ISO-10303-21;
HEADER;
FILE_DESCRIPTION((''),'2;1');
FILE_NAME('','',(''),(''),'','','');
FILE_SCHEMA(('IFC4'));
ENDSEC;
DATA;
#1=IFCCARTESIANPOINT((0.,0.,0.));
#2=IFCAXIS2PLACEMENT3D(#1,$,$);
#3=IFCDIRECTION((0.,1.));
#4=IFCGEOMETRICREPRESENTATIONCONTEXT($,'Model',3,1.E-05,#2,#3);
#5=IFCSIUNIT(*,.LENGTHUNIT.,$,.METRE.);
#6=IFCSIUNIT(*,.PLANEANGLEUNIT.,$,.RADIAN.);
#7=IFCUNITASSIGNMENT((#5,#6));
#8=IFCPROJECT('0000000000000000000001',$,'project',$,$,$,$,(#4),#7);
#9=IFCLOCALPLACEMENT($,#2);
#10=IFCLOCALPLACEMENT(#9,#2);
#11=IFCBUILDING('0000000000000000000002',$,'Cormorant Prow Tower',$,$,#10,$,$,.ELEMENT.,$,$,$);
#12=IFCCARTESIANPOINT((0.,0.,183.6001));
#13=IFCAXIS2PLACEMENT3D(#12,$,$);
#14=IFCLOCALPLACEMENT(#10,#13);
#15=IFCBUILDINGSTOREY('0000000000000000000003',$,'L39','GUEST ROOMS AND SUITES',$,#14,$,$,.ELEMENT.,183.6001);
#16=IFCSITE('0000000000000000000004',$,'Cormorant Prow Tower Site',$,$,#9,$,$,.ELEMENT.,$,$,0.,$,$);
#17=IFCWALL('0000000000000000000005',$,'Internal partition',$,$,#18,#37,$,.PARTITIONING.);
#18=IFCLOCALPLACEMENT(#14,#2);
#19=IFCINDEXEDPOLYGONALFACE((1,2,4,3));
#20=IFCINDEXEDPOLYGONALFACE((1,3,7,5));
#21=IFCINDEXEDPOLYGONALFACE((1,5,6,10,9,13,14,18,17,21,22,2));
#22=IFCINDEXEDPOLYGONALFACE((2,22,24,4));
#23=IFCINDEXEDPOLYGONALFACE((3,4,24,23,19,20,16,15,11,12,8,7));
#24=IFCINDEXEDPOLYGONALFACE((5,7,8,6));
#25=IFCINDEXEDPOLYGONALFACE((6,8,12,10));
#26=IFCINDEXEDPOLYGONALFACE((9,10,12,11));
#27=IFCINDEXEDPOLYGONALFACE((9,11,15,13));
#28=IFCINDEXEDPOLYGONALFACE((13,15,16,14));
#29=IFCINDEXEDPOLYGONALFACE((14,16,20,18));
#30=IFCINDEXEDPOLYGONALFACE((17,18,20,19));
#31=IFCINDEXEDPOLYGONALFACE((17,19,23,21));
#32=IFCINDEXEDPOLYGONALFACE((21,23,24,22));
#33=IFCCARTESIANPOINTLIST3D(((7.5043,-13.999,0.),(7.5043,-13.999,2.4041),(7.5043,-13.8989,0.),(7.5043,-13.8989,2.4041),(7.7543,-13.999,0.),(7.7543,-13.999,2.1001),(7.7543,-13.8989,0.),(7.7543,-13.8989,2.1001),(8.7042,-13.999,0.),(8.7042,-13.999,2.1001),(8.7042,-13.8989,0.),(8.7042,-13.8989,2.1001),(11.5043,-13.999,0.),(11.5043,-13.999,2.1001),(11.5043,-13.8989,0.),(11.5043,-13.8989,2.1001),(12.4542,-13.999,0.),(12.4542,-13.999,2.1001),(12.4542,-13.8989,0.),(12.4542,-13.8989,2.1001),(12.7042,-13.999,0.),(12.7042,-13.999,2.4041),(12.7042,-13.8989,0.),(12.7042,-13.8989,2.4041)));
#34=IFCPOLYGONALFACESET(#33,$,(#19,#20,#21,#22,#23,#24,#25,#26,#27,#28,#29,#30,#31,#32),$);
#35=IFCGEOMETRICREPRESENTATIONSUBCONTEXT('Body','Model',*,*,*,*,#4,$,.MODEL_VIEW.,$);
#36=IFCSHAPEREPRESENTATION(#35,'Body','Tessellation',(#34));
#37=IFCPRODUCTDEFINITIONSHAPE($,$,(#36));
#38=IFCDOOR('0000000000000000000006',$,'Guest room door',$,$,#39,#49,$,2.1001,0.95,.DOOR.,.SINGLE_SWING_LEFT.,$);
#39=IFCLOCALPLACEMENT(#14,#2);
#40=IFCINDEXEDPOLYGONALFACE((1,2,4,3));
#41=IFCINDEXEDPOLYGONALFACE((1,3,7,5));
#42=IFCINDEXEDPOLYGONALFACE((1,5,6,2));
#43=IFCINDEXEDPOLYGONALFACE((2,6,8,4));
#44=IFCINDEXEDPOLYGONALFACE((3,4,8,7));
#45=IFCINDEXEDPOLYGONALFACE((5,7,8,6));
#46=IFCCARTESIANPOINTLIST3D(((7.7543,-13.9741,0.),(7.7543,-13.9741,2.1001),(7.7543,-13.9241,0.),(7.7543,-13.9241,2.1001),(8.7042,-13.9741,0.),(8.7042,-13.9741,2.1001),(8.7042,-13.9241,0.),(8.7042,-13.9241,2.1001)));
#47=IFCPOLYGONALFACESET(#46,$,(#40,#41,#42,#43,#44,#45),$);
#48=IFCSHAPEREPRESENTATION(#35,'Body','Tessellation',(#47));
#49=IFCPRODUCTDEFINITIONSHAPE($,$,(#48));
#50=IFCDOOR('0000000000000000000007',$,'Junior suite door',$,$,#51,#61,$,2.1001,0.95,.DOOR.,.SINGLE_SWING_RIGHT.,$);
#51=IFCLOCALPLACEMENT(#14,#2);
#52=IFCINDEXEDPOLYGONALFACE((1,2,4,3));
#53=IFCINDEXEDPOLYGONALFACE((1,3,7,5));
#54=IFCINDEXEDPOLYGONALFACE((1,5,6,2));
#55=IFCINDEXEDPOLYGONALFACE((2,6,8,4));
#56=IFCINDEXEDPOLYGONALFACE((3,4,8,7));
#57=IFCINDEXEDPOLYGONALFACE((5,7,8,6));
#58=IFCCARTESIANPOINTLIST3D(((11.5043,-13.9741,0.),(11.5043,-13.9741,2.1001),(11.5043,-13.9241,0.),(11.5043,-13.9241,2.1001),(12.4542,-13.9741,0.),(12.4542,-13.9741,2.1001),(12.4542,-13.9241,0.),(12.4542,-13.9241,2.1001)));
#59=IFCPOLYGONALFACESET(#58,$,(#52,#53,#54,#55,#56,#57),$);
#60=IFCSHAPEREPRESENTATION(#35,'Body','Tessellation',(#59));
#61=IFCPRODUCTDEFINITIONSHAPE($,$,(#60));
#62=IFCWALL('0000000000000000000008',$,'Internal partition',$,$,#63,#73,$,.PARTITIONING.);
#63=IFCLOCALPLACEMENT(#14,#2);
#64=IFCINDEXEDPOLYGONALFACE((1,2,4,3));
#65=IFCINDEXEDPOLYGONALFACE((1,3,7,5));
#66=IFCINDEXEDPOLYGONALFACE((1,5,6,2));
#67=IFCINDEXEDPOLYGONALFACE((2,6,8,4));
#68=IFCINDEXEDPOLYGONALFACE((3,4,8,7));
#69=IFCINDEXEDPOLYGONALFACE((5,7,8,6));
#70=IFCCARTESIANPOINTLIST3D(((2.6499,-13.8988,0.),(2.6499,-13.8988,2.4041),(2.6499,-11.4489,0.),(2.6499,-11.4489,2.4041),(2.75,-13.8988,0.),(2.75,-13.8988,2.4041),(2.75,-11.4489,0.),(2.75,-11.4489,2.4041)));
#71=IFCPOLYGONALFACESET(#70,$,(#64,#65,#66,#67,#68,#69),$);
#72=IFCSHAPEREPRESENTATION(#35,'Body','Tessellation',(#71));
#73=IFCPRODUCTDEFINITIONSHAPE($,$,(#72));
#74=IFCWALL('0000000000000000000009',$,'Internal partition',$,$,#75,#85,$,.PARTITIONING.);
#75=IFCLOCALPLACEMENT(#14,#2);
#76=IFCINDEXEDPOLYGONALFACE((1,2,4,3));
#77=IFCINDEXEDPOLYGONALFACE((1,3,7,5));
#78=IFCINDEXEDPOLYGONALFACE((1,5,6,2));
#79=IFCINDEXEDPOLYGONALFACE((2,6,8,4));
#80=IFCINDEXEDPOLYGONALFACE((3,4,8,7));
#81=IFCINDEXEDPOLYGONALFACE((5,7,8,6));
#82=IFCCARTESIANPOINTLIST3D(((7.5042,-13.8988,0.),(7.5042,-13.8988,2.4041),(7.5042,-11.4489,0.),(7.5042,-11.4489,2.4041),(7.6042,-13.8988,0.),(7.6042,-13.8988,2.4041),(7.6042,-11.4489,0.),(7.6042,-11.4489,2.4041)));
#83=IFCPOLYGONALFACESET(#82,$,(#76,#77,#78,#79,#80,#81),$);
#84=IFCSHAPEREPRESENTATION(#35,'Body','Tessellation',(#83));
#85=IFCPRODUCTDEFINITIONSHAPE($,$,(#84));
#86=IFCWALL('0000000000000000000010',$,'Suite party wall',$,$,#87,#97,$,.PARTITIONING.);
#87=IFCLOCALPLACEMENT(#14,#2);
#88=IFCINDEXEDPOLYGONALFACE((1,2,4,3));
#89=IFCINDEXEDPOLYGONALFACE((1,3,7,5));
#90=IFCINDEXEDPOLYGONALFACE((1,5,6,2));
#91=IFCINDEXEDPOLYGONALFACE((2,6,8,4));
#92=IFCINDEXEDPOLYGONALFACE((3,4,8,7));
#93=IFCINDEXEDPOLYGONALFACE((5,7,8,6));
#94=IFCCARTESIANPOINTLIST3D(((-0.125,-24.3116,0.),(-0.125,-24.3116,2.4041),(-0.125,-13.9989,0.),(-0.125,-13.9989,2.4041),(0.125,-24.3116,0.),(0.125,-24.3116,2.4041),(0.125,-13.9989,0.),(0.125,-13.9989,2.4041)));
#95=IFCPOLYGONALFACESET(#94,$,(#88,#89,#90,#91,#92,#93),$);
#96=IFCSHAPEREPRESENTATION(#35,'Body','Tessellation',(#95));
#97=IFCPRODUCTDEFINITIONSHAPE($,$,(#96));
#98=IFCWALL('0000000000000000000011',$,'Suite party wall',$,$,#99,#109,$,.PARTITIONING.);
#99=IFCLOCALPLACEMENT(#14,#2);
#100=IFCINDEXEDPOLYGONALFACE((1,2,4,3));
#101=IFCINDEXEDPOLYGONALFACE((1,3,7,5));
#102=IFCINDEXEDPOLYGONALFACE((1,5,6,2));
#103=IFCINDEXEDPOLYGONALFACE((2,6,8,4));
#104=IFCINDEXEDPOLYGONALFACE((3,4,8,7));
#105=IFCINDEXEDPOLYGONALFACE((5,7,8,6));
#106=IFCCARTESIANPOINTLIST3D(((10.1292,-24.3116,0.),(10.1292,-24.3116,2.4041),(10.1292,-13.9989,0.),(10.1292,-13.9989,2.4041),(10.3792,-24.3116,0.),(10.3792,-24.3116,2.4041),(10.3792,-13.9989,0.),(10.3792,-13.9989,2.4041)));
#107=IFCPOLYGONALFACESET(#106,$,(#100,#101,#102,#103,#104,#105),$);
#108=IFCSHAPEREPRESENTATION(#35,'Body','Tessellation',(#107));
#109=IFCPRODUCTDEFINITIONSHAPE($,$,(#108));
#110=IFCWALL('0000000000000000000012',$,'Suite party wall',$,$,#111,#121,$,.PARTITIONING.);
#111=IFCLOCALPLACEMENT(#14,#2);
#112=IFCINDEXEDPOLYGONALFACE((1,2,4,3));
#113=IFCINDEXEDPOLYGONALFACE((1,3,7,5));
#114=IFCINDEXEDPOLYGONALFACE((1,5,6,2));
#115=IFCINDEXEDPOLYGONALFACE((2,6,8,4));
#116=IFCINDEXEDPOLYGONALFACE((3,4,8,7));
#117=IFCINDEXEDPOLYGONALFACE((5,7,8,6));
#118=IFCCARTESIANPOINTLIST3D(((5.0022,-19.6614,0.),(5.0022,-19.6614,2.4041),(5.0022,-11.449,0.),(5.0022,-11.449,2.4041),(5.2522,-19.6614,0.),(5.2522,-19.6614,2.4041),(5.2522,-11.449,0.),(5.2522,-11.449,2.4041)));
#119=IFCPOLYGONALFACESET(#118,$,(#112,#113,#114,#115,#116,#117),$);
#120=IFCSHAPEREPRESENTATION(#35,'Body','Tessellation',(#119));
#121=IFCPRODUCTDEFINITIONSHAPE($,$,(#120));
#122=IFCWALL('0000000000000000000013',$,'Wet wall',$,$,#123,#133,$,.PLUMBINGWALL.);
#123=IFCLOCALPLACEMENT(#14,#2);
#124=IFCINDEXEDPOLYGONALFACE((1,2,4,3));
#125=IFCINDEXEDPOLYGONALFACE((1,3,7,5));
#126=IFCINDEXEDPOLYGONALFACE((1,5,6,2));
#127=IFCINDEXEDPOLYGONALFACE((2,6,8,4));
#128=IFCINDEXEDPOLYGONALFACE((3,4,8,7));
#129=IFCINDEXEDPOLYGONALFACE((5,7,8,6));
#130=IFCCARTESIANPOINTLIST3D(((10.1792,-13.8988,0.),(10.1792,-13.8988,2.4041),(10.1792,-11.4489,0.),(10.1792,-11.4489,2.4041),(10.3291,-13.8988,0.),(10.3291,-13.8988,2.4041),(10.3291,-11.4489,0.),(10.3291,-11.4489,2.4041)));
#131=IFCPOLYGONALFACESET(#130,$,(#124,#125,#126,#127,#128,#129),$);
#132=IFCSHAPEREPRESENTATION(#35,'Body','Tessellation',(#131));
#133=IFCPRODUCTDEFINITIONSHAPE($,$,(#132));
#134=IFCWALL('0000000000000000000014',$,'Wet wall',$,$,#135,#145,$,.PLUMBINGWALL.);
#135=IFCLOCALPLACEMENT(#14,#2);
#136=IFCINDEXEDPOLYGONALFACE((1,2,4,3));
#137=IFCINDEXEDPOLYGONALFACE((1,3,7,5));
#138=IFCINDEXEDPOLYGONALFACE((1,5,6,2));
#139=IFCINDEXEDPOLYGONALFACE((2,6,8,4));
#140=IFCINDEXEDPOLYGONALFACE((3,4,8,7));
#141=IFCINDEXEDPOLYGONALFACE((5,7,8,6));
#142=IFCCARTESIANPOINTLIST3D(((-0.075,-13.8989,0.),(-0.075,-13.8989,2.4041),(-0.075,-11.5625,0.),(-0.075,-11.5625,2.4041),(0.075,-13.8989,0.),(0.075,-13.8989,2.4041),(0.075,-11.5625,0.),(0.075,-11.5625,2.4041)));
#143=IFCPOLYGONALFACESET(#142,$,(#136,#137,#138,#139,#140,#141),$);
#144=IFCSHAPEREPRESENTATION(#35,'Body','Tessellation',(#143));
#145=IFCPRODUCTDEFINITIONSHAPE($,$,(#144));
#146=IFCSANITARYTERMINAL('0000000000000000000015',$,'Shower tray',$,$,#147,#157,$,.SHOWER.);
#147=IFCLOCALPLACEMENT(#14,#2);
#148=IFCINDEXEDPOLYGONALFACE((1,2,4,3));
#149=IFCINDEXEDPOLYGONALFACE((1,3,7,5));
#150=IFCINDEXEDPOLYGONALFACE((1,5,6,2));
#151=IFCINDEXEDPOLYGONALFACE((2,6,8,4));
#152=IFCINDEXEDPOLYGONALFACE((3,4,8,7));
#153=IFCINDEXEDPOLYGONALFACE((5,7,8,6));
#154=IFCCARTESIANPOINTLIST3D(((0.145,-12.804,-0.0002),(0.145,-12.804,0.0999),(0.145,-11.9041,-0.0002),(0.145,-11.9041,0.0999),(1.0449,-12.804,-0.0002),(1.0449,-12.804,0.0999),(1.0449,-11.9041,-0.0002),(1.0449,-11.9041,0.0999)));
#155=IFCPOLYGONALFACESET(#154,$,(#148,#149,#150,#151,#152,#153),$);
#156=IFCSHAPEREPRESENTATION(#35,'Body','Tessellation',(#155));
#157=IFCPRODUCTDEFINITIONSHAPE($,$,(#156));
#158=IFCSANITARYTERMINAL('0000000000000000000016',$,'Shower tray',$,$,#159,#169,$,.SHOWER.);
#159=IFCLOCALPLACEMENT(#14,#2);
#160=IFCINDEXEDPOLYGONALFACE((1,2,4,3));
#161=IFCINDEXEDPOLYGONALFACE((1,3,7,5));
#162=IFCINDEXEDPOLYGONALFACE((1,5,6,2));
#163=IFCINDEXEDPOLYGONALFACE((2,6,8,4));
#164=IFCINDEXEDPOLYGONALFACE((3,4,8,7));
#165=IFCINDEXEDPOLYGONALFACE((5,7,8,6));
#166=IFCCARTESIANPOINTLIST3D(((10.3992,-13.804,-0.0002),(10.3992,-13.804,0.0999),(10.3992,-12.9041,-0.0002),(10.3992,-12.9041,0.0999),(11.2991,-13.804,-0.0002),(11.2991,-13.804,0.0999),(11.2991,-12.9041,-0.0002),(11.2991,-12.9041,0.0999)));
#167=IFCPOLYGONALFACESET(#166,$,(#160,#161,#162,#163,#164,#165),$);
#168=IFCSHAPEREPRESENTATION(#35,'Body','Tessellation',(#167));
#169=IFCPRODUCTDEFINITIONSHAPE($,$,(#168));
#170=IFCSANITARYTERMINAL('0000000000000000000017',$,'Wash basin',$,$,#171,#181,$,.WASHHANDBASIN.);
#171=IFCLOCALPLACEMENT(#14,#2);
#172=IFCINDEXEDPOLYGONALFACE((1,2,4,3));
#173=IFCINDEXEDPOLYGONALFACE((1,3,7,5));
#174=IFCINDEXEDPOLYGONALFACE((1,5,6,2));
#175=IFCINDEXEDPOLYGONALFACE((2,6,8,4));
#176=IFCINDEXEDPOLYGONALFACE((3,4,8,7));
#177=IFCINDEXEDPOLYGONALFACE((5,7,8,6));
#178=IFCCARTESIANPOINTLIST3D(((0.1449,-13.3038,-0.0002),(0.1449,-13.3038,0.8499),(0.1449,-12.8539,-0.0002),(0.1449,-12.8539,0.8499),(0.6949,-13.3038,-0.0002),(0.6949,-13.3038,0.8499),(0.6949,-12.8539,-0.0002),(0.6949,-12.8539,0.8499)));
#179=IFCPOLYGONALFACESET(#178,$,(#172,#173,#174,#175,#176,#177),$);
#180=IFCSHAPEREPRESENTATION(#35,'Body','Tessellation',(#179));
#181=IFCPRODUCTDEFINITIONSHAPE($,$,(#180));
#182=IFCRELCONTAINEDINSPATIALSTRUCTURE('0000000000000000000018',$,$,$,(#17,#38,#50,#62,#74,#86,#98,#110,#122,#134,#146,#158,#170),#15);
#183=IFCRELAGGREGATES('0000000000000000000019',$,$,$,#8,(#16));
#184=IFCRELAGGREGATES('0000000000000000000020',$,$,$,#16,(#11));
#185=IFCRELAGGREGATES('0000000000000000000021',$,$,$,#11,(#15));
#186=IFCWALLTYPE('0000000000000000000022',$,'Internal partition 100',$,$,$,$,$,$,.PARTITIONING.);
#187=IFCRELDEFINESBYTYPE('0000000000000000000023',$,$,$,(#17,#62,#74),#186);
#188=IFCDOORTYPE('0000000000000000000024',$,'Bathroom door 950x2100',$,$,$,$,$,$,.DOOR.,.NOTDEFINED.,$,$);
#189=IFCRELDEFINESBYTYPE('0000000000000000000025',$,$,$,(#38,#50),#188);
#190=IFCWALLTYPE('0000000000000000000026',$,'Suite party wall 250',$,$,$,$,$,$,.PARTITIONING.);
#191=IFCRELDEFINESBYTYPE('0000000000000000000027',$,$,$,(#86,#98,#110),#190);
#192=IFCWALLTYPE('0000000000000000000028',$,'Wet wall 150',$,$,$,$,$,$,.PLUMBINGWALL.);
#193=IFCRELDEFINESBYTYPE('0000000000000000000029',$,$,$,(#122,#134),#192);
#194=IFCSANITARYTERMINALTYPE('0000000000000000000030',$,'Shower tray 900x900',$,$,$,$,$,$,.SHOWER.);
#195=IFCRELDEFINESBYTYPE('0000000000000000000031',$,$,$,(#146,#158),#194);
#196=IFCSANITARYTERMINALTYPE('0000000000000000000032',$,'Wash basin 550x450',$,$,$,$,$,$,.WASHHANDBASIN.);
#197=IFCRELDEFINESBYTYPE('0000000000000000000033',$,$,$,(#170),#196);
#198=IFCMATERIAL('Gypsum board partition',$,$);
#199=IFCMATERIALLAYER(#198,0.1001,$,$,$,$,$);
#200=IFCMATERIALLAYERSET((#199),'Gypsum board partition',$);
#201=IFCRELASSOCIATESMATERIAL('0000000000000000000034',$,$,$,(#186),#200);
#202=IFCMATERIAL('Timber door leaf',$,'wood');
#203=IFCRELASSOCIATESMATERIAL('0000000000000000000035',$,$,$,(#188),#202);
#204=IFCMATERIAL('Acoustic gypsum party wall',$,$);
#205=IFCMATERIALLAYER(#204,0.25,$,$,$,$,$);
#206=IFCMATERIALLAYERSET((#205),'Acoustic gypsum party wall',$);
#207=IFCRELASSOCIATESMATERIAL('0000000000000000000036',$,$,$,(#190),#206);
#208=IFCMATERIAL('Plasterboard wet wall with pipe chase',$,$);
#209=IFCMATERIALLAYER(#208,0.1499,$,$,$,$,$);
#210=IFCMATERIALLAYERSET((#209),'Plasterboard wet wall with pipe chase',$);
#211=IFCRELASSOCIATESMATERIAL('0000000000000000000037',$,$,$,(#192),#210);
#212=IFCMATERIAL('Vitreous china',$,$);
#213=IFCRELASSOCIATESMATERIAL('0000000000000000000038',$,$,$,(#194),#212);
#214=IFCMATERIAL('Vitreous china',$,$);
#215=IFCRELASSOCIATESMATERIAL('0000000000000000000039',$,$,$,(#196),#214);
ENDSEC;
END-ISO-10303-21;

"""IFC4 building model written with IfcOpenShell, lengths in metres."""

from ifc_helpers import new_model, si_unit, direction, frame, frame_2d, origin, origin_2d, place, context, subcontext, project, spatial, rectangle, extrude, material, layer, layer_set, type_object, element, fill, save


model = new_model("IFC4")

# Units and contexts
model_context = context("Model", 3, precision=1e-05, world=origin(), true_north=direction((0.0, 1.0)))
body_context = subcontext(model_context, "Body", "Model", "MODEL_VIEW")
ifc_project = project(units=[si_unit("LENGTHUNIT", "METRE"), si_unit("PLANEANGLEUNIT", "RADIAN")], contexts=[model_context])

# Site, building, storey
site_placement = place(None, origin())
site = spatial("IfcSite", under=ifc_project, at=site_placement, Name="Cormorant Prow Tower Site", CompositionType="ELEMENT", RefElevation=0.0)
building_placement = place(site_placement, origin())
building = spatial("IfcBuilding", under=site, at=building_placement, Name="Cormorant Prow Tower", CompositionType="ELEMENT")
storey_placement = place(building_placement, frame((0.0, 0.0, 183.6001)))
storey = spatial("IfcBuildingStorey", under=building, at=storey_placement, Name="L39", Description="GUEST ROOMS AND SUITES", CompositionType="ELEMENT", Elevation=183.6001)

# Wall, openings, doors
ifc_material_1 = material(Name="Gypsum board partition")
ifc_layer_1 = layer(ifc_material_1, 0.1001)
ifc_layer_set_1 = layer_set([ifc_layer_1], Name="Gypsum board partition")
wall_type_1 = type_object("IfcWallType", Name="Internal partition 100", PredefinedType="PARTITIONING", material=ifc_layer_set_1)
wall_1_placement = place(storey_placement, frame((7.5042, -13.949, 0.0), z_axis=(0.0, 0.0, 1.0), x_axis=(1.0, 0.0, 0.0)))
wall_1 = element("IfcWall", 1, at=wall_1_placement, inside=storey, type_object=wall_type_1, Name="Internal partition", PredefinedType="PARTITIONING", context=body_context, shape_type="SweptSolid", body=[
    extrude(rectangle(XDim=5.2, YDim=0.1001, at=frame_2d((2.6001, 0.0))), origin(), (0.0, 0.0, 1.0), 2.4041),
])
opening_1_placement = place(wall_1_placement, frame((0.25, 0.0, 0.0)))
opening_1 = element("IfcOpeningElement", 2, at=opening_1_placement, cuts=wall_1, PredefinedType="OPENING", context=body_context, shape_type="SweptSolid", body=[
    extrude(rectangle(XDim=0.95, YDim=2.1001, at=frame_2d((0.4751, 1.05))), frame((0.0, 0.0601, 0.0), z_axis=(0.0, -1.0, 0.0), x_axis=(1.0, 0.0, 0.0)), (0.0, 0.0, 1.0), 0.1201),
])
opening_2_placement = place(wall_1_placement, frame((4.0, 0.0, 0.0)))
opening_2 = element("IfcOpeningElement", 3, at=opening_2_placement, cuts=wall_1, PredefinedType="OPENING", context=body_context, shape_type="SweptSolid", body=[
    extrude(rectangle(XDim=0.95, YDim=2.1001, at=frame_2d((0.4751, 1.05))), frame((0.0, 0.0601, 0.0), z_axis=(0.0, -1.0, 0.0), x_axis=(1.0, 0.0, 0.0)), (0.0, 0.0, 1.0), 0.1201),
])
ifc_material_2 = material(Name="Timber door leaf", Category="wood")
door_type_1 = type_object("IfcDoorType", Name="Bathroom door 950x2100", OperationType="NOTDEFINED", PredefinedType="DOOR", material=ifc_material_2)
door_1_placement = place(opening_1_placement, origin())
door_1 = element("IfcDoor", 4, at=door_1_placement, inside=storey, type_object=door_type_1, Name="Guest room door", OperationType="SINGLE_SWING_LEFT", OverallHeight=2.1001, OverallWidth=0.95, PredefinedType="DOOR", context=body_context, shape_type="SweptSolid", body=[
    extrude(rectangle(XDim=0.95, YDim=2.1001, at=frame_2d((0.4751, 1.05))), frame((0.0, 0.0249, 0.0), z_axis=(0.0, -1.0, 0.0), x_axis=(1.0, 0.0, 0.0)), (0.0, 0.0, 1.0), 0.05),
])
fill(opening_1, door_1)
door_2_placement = place(opening_2_placement, origin())
door_2 = element("IfcDoor", 5, at=door_2_placement, inside=storey, type_object=door_type_1, Name="Junior suite door", OperationType="SINGLE_SWING_RIGHT", OverallHeight=2.1001, OverallWidth=0.95, PredefinedType="DOOR", context=body_context, shape_type="SweptSolid", body=[
    extrude(rectangle(XDim=0.95, YDim=2.1001, at=frame_2d((0.4751, 1.05))), frame((0.0, 0.0249, 0.0), z_axis=(0.0, -1.0, 0.0), x_axis=(1.0, 0.0, 0.0)), (0.0, 0.0, 1.0), 0.05),
])
fill(opening_2, door_2)

# Walls
for number, where, z_axis, x_axis, name in (
    (6, (2.7, -13.8989, 0.0), (0.0, 0.0, 1.0), (0.0, 1.0, 0.0), "Internal partition"),
    (7, (7.5542, -13.8989, 0.0), (0.0, 0.0, 1.0), (0.0, 1.0, 0.0), "Internal partition"),
):
    element("IfcWall", number, at=place(storey_placement, frame(where, z_axis=z_axis, x_axis=x_axis)), inside=storey, type_object=wall_type_1, Name=name, PredefinedType="PARTITIONING", context=body_context, shape_type="SweptSolid", body=[
        extrude(rectangle(XDim=2.45, YDim=0.1001, at=frame_2d((1.2251, 0.0))), origin(), (0.0, 0.0, 1.0), 2.4041),
    ])
ifc_material_3 = material(Name="Acoustic gypsum party wall")
ifc_layer_2 = layer(ifc_material_3, 0.25)
ifc_layer_set_2 = layer_set([ifc_layer_2], Name="Acoustic gypsum party wall")
wall_type_2 = type_object("IfcWallType", Name="Suite party wall 250", PredefinedType="PARTITIONING", material=ifc_layer_set_2)
for number, where, z_axis, x_axis, name in (
    (8, (0.0, -24.3115, 0.0), (0.0, 0.0, 1.0), (0.0, 1.0, 0.0), "Suite party wall"),
    (9, (10.2542, -24.3115, 0.0), (0.0, 0.0, 1.0), (0.0, 1.0, 0.0), "Suite party wall"),
):
    element("IfcWall", number, at=place(storey_placement, frame(where, z_axis=z_axis, x_axis=x_axis)), inside=storey, type_object=wall_type_2, Name=name, PredefinedType="PARTITIONING", context=body_context, shape_type="SweptSolid", body=[
        extrude(rectangle(XDim=10.3127, YDim=0.25, at=frame_2d((5.1562, 0.0))), origin(), (0.0, 0.0, 1.0), 2.4041),
    ])
wall_2_placement = place(storey_placement, frame((5.1272, -19.6614, 0.0), z_axis=(0.0, 0.0, 1.0), x_axis=(0.0, 1.0, 0.0)))
element("IfcWall", 10, at=wall_2_placement, inside=storey, type_object=wall_type_2, Name="Suite party wall", PredefinedType="PARTITIONING", context=body_context, shape_type="SweptSolid", body=[
    extrude(rectangle(XDim=8.2124, YDim=0.25, at=frame_2d((4.1062, 0.0))), origin(), (0.0, 0.0, 1.0), 2.4041),
])

# Walls
ifc_material_4 = material(Name="Plasterboard wet wall with pipe chase")
ifc_layer_3 = layer(ifc_material_4, 0.1499)
ifc_layer_set_3 = layer_set([ifc_layer_3], Name="Plasterboard wet wall with pipe chase")
wall_type_3 = type_object("IfcWallType", Name="Wet wall 150", PredefinedType="PLUMBINGWALL", material=ifc_layer_set_3)
wall_3_placement = place(storey_placement, frame((10.2542, -13.8989, 0.0), z_axis=(0.0, 0.0, 1.0), x_axis=(0.0, 1.0, 0.0)))
element("IfcWall", 11, at=wall_3_placement, inside=storey, type_object=wall_type_3, Name="Wet wall", PredefinedType="PLUMBINGWALL", context=body_context, shape_type="SweptSolid", body=[
    extrude(rectangle(XDim=2.45, YDim=0.1499, at=frame_2d((1.2251, 0.0))), origin(), (0.0, 0.0, 1.0), 2.4041),
])
wall_4_placement = place(storey_placement, frame((0.0, -13.8989, 0.0), z_axis=(0.0, 0.0, 1.0), x_axis=(0.0, 1.0, 0.0)))
element("IfcWall", 12, at=wall_4_placement, inside=storey, type_object=wall_type_3, Name="Wet wall", PredefinedType="PLUMBINGWALL", context=body_context, shape_type="SweptSolid", body=[
    extrude(rectangle(XDim=2.3364, YDim=0.1499, at=frame_2d((1.1682, 0.0))), origin(), (0.0, 0.0, 1.0), 2.4041),
])

# Sanitary terminals
ifc_material_5 = material(Name="Vitreous china")
sanitary_terminal_type_1 = type_object("IfcSanitaryTerminalType", Name="Shower tray 900x900", PredefinedType="SHOWER", material=ifc_material_5)
for number, where, z_axis, x_axis, name in (
    (13, (0.595, -12.354, -0.0002), (0.0, 0.0, 1.0), (1.0, 0.0, 0.0), "Shower tray"),
    (14, (10.8491, -13.354, -0.0002), (0.0, 0.0, 1.0), (0.0, 1.0, 0.0), "Shower tray"),
):
    element("IfcSanitaryTerminal", number, at=place(storey_placement, frame(where, z_axis=z_axis, x_axis=x_axis)), inside=storey, type_object=sanitary_terminal_type_1, Name=name, PredefinedType="SHOWER", context=body_context, shape_type="SweptSolid", body=[
        extrude(rectangle(XDim=0.8999, YDim=0.8999, at=origin_2d()), origin(), (0.0, 0.0, 1.0), 0.1001),
    ])
ifc_material_6 = material(Name="Vitreous china")
sanitary_terminal_type_2 = type_object("IfcSanitaryTerminalType", Name="Wash basin 550x450", PredefinedType="WASHHANDBASIN", material=ifc_material_6)
for number, where, z_axis, x_axis, name in (
    (15, (0.4199, -13.0789, -0.0002), (0.0, 0.0, 1.0), (1.0, 0.0, 0.0), "Wash basin"),
):
    element("IfcSanitaryTerminal", number, at=place(storey_placement, frame(where, z_axis=z_axis, x_axis=x_axis)), inside=storey, type_object=sanitary_terminal_type_2, Name=name, PredefinedType="WASHHANDBASIN", context=body_context, shape_type="SweptSolid", body=[
        extrude(rectangle(XDim=0.55, YDim=0.45, at=origin_2d()), origin(), (0.0, 0.0, 1.0), 0.8501),
    ])

save(model, "model.ifc")
